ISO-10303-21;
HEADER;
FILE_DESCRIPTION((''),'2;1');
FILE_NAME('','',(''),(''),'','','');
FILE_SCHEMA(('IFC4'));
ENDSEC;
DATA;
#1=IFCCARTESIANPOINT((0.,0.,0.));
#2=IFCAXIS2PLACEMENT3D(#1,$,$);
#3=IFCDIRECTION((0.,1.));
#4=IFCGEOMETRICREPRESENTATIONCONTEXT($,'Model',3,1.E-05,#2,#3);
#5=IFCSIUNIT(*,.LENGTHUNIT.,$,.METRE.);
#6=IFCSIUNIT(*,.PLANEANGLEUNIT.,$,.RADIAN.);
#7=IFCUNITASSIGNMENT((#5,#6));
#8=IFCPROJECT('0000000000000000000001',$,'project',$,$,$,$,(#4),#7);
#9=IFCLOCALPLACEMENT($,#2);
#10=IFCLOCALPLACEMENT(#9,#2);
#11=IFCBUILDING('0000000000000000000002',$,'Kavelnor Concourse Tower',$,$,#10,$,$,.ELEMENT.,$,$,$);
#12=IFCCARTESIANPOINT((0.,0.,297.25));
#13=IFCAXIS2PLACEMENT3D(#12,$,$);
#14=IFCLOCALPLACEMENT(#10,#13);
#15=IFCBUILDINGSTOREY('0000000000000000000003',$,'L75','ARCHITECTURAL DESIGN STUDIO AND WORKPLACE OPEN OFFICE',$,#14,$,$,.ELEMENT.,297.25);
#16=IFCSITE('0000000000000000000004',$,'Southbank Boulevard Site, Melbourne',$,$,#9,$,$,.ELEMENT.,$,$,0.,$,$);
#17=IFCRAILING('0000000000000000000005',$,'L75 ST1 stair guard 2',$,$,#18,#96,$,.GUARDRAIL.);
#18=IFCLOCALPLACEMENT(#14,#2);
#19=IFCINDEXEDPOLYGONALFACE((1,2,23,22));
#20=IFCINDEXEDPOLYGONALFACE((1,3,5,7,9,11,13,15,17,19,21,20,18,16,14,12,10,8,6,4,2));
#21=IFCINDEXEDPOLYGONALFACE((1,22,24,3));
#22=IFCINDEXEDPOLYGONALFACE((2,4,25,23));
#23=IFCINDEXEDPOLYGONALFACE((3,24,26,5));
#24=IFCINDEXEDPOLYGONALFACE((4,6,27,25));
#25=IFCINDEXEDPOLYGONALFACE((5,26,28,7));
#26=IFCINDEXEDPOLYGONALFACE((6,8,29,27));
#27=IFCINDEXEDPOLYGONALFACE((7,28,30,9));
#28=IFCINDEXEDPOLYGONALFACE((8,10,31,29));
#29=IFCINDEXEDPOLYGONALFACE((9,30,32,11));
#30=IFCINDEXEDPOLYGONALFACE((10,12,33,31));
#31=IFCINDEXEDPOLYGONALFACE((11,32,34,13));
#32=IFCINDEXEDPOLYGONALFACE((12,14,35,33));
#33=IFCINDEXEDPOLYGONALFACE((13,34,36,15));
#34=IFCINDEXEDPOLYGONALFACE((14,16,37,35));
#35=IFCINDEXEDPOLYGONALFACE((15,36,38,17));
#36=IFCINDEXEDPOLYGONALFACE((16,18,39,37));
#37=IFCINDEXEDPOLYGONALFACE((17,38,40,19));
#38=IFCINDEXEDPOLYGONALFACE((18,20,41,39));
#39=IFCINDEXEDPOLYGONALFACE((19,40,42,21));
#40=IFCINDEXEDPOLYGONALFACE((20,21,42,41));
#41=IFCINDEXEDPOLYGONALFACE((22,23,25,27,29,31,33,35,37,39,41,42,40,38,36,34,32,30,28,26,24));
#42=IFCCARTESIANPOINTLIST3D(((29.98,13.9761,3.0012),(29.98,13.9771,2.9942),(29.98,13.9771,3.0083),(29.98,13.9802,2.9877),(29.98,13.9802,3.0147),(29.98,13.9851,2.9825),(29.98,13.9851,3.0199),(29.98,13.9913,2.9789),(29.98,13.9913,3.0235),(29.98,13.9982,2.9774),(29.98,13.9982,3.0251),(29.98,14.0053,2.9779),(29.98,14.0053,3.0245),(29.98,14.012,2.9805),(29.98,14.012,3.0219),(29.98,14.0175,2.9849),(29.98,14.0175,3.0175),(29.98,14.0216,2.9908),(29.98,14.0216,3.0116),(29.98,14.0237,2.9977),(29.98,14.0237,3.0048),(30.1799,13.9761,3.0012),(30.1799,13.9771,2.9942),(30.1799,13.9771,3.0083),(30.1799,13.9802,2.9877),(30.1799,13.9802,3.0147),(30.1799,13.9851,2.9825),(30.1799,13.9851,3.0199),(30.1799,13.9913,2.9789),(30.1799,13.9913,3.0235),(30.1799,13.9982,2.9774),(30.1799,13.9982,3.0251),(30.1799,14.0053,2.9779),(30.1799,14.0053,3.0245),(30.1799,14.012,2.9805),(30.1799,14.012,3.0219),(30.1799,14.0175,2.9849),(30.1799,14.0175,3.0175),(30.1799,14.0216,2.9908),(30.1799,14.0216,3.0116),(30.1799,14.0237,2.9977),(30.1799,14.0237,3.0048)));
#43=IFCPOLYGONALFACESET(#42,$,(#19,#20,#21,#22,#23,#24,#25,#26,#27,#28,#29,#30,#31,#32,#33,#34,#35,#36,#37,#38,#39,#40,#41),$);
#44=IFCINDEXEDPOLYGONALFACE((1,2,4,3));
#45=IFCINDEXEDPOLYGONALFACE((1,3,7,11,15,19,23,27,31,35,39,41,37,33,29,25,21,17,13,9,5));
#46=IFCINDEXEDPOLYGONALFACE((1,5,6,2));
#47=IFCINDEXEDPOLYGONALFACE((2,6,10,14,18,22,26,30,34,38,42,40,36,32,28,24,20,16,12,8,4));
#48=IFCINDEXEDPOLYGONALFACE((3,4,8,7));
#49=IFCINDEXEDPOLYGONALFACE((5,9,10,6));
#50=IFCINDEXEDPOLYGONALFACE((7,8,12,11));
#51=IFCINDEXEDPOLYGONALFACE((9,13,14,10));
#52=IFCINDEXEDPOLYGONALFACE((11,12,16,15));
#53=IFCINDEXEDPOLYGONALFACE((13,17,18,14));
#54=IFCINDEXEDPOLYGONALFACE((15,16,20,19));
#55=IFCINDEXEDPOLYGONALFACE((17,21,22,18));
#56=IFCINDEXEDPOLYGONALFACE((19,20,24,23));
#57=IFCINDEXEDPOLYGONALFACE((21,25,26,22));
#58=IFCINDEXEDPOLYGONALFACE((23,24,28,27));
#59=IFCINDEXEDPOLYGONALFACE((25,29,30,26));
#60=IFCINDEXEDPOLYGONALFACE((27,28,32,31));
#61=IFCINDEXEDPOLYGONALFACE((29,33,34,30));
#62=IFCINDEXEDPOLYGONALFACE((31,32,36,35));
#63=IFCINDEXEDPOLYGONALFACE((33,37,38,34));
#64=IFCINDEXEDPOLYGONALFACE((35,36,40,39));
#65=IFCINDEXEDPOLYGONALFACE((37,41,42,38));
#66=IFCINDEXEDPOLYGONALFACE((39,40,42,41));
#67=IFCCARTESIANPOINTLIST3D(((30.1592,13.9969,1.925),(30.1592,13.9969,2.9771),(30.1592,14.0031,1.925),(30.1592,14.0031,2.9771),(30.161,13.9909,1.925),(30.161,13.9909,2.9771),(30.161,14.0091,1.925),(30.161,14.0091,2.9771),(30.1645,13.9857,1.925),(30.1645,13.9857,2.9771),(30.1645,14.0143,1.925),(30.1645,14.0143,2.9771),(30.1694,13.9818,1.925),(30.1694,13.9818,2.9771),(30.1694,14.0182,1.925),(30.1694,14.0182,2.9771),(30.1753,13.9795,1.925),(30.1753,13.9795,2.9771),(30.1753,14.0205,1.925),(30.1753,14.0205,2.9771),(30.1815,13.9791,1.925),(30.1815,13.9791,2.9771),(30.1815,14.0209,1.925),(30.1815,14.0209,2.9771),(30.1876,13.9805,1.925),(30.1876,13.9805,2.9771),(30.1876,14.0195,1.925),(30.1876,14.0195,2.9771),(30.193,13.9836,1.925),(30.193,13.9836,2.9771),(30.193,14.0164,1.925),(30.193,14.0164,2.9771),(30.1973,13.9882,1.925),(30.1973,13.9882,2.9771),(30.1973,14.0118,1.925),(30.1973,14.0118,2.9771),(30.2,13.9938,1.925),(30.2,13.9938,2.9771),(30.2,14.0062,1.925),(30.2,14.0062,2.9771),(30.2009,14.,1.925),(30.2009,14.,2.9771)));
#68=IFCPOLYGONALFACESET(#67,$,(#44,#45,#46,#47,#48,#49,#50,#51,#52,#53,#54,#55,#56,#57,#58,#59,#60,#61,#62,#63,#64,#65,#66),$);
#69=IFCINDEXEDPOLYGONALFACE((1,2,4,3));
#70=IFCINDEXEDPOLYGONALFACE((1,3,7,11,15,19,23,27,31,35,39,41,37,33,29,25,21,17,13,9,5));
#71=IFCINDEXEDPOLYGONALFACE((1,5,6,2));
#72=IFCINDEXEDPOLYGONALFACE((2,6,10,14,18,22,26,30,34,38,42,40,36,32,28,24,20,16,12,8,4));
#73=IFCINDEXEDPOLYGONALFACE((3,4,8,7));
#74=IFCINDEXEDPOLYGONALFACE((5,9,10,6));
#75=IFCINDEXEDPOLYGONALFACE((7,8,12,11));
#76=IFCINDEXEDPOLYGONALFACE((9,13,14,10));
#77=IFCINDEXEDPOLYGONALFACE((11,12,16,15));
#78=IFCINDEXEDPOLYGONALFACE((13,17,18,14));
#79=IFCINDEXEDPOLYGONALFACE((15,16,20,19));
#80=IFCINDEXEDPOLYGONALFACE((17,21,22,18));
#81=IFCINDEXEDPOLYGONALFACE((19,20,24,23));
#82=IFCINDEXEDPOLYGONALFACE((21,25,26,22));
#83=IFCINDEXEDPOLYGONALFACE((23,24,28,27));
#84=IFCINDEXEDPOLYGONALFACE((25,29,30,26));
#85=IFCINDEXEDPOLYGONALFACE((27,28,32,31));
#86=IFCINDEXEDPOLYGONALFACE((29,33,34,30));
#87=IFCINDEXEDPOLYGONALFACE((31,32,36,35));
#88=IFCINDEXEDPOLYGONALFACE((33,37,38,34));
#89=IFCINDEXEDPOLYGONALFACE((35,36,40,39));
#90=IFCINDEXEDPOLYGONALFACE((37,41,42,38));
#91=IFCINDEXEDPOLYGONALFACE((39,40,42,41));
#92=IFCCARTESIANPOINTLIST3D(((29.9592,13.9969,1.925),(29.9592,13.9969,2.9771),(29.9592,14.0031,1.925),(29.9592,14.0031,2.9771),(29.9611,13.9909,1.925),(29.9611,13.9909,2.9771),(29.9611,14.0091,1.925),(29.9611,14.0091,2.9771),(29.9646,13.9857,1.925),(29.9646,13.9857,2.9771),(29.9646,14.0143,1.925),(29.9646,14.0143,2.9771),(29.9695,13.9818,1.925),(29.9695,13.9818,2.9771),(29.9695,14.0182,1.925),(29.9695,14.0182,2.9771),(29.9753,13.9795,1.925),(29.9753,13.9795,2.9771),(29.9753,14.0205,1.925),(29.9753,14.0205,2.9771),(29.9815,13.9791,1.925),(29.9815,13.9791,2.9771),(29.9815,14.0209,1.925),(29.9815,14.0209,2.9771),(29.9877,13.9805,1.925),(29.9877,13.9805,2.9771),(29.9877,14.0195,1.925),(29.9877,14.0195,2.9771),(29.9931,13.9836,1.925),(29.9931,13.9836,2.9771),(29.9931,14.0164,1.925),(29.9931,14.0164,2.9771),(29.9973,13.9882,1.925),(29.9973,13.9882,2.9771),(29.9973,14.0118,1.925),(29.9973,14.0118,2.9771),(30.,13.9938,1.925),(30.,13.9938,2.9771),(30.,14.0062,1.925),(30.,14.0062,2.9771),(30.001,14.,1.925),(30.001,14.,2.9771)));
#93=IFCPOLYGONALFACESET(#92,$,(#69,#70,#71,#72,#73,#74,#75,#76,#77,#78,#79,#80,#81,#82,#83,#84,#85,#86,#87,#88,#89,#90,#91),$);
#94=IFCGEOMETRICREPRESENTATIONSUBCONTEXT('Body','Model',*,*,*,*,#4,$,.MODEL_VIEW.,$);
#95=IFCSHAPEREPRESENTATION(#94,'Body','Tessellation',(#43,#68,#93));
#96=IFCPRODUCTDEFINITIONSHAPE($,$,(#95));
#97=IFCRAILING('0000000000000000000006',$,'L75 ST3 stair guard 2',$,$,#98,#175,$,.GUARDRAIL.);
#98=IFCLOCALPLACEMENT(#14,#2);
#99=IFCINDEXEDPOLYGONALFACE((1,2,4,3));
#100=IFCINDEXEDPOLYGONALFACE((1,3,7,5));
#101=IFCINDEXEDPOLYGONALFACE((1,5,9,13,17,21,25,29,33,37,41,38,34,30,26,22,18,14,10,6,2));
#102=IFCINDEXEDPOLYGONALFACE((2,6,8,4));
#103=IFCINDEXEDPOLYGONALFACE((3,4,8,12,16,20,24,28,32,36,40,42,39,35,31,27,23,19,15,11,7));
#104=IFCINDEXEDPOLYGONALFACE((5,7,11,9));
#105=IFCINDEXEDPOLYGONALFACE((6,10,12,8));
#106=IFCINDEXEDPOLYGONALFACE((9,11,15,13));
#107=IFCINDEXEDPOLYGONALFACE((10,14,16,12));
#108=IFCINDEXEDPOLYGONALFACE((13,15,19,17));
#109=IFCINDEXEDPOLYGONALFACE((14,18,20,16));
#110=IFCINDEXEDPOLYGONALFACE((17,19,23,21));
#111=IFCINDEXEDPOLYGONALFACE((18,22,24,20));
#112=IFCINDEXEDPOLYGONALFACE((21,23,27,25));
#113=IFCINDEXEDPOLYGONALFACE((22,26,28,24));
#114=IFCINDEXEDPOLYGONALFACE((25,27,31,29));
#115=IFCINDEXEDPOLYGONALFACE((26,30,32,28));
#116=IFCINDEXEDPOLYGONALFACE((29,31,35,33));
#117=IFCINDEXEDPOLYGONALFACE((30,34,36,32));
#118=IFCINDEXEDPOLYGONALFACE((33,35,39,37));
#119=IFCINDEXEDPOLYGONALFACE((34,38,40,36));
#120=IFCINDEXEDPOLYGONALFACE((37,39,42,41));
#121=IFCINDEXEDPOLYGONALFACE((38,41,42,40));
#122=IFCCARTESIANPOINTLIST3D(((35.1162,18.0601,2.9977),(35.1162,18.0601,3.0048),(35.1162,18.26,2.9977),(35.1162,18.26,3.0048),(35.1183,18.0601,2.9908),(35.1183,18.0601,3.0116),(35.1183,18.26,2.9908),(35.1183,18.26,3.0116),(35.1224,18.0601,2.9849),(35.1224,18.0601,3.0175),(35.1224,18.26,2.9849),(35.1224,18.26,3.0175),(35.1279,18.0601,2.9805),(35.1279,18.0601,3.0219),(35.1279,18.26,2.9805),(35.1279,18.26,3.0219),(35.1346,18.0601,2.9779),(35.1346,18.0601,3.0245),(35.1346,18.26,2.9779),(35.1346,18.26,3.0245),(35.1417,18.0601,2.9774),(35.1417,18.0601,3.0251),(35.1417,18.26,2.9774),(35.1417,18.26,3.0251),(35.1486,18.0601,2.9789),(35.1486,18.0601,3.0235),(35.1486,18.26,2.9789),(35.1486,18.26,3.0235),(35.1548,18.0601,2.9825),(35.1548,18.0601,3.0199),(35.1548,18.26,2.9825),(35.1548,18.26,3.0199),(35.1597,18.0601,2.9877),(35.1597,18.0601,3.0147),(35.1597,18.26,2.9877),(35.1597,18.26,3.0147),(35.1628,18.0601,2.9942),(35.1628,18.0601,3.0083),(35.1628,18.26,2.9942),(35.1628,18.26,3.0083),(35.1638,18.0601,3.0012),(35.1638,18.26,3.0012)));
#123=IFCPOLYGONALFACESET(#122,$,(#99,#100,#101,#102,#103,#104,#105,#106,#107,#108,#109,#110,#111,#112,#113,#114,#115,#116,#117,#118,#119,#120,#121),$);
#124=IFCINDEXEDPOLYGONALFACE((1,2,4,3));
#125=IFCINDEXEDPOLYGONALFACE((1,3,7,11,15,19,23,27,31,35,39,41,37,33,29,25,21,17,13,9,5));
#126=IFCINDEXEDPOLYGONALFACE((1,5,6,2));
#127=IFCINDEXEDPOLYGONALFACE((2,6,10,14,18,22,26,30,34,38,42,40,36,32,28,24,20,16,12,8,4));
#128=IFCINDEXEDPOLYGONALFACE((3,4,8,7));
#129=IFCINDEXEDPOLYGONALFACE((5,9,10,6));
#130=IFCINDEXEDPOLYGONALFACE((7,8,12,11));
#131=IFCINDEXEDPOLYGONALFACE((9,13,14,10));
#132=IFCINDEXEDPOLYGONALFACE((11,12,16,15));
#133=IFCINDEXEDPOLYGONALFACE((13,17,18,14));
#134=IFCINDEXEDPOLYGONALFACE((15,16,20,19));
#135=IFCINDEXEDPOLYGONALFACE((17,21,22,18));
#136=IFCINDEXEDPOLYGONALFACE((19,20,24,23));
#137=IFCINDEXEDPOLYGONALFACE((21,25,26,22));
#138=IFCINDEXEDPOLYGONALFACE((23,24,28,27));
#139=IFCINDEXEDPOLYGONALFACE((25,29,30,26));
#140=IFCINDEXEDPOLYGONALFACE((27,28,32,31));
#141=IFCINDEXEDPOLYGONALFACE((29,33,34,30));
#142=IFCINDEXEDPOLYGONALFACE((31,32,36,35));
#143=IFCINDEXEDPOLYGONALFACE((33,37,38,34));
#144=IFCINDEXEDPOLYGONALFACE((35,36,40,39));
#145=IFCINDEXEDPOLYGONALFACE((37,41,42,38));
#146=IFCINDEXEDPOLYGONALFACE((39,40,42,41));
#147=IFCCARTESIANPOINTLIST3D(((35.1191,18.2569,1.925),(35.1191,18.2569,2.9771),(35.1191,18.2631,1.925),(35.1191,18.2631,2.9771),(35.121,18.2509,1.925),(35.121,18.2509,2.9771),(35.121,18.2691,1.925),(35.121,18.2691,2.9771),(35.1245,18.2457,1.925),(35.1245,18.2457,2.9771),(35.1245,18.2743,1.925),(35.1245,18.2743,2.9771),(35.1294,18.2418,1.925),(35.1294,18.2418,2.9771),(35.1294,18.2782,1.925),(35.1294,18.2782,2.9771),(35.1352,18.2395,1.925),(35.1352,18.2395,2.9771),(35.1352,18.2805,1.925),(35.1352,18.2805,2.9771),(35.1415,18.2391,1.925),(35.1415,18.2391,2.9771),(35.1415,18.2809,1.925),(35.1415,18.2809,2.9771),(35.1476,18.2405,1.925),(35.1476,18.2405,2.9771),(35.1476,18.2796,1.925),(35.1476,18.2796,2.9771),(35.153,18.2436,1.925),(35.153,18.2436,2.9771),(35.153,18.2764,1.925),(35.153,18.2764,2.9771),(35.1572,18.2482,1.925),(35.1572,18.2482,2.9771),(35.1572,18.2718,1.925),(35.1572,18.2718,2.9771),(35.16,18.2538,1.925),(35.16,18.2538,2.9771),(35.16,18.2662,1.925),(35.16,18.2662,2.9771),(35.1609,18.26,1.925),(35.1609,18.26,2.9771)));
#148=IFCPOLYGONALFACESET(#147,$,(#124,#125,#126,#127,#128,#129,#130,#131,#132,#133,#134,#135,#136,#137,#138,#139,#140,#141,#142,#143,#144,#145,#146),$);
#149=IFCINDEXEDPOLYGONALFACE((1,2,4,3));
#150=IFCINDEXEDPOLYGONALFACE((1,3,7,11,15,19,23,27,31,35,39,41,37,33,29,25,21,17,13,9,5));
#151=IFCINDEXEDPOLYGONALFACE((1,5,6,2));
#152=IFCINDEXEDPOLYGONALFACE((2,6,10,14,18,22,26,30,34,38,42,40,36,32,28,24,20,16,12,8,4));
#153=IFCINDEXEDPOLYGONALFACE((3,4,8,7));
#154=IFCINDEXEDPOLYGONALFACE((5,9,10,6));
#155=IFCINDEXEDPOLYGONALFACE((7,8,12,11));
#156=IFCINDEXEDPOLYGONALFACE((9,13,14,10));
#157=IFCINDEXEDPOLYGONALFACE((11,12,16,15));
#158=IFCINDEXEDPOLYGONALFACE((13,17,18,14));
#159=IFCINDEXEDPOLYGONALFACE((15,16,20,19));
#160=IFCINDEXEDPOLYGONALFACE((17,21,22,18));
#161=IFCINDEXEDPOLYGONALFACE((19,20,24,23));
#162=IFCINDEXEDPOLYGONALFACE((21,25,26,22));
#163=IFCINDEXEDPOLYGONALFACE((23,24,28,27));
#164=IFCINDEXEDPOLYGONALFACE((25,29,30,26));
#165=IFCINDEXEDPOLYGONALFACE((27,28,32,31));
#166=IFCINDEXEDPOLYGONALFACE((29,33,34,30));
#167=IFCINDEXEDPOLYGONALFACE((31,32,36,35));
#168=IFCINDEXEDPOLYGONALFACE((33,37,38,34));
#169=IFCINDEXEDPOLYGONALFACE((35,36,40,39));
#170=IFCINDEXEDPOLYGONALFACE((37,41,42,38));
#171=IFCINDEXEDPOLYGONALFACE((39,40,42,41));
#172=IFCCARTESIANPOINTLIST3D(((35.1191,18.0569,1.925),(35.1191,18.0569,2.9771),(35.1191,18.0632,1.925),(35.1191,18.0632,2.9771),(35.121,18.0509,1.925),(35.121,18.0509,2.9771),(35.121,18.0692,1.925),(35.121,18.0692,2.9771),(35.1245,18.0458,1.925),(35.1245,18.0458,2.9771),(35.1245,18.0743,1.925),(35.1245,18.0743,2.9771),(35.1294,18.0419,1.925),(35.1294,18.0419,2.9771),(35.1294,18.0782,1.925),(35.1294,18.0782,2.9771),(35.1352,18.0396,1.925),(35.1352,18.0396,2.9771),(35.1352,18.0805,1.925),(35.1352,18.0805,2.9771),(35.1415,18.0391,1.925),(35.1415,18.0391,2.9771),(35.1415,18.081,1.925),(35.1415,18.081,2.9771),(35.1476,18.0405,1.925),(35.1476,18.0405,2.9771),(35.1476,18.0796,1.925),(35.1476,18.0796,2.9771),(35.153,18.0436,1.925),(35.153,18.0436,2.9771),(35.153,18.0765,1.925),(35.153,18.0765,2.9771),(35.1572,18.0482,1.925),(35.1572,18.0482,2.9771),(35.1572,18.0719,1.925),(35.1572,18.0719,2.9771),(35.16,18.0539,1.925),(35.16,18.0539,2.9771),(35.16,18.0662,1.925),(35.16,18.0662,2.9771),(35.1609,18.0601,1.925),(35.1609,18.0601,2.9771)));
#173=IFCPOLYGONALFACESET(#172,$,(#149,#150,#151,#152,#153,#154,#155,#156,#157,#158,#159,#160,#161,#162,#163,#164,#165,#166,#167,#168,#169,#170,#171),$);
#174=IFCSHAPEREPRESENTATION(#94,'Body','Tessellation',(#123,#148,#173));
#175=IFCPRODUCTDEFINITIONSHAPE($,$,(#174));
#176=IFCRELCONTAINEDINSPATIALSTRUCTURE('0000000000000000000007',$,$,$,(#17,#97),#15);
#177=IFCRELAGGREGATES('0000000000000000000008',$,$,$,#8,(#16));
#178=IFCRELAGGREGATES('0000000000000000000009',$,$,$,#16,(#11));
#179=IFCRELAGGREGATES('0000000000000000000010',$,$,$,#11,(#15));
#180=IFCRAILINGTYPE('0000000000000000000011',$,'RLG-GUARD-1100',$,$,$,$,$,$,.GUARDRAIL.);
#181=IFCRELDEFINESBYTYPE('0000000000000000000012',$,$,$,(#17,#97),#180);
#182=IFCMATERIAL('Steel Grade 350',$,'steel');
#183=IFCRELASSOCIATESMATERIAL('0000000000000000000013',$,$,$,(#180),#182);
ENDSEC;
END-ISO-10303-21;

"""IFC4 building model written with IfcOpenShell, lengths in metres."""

from ifc_helpers import new_model, si_unit, direction, frame, origin, origin_2d, place, context, subcontext, project, spatial, circle, extrude, material, type_object, element, save


model = new_model("IFC4")

# Units and contexts
model_context = context("Model", 3, precision=1e-05, world=origin(), true_north=direction((0.0, 1.0)))
body_context = subcontext(model_context, "Body", "Model", "MODEL_VIEW")
ifc_project = project(units=[si_unit("LENGTHUNIT", "METRE"), si_unit("PLANEANGLEUNIT", "RADIAN")], contexts=[model_context])

# Site, building, storey
site_placement = place(None, origin())
site = spatial("IfcSite", under=ifc_project, at=site_placement, Name="Southbank Boulevard Site, Melbourne", CompositionType="ELEMENT", RefElevation=0.0)
building_placement = place(site_placement, origin())
building = spatial("IfcBuilding", under=site, at=building_placement, Name="Kavelnor Concourse Tower", CompositionType="ELEMENT")
storey_placement = place(building_placement, frame((0.0, 0.0, 297.25)))
storey = spatial("IfcBuildingStorey", under=building, at=storey_placement, Name="L75", Description="ARCHITECTURAL DESIGN STUDIO AND WORKPLACE OPEN OFFICE", CompositionType="ELEMENT", Elevation=297.25)

# Shared definitions
ifc_material_1 = material(Name="Steel Grade 350", Category="steel")

# Railings
railing_type_1 = type_object("IfcRailingType", Name="RLG-GUARD-1100", PredefinedType="GUARDRAIL", material=ifc_material_1)
railing_1_placement = place(storey_placement, frame((30.1799, 14.0, 1.925)))
element("IfcRailing", 1, at=railing_1_placement, inside=storey, type_object=railing_type_1, Name="L75 ST1 stair guard 2", PredefinedType="GUARDRAIL", context=body_context, shape_type="SweptSolid", body=[
    extrude(circle(Radius=0.0239, at=origin_2d()), frame((0.0, 0.0, 1.0762), z_axis=(-1.0, 0.0, 0.0), x_axis=(0.0, -1.0, 0.0)), (0.0, 0.0, 1.0), 0.2),
    extrude(circle(Radius=0.021, at=origin_2d()), origin(), (0.0, 0.0, 1.0), 1.052),
    extrude(circle(Radius=0.021, at=origin_2d()), frame((-0.2, 0.0, 0.0)), (0.0, 0.0, 1.0), 1.052),
])
railing_2_placement = place(storey_placement, frame((35.1399, 18.26, 1.925)))
element("IfcRailing", 2, at=railing_2_placement, inside=storey, type_object=railing_type_1, Name="L75 ST3 stair guard 2", PredefinedType="GUARDRAIL", context=body_context, shape_type="SweptSolid", body=[
    extrude(circle(Radius=0.0239, at=origin_2d()), frame((0.0, 0.0, 1.0762), z_axis=(0.0, -1.0, 0.0), x_axis=(1.0, 0.0, 0.0)), (0.0, 0.0, 1.0), 0.2),
    extrude(circle(Radius=0.021, at=origin_2d()), origin(), (0.0, 0.0, 1.0), 1.052),
    extrude(circle(Radius=0.021, at=origin_2d()), frame((0.0, -0.2, 0.0)), (0.0, 0.0, 1.0), 1.052),
])

save(model, "model.ifc")
